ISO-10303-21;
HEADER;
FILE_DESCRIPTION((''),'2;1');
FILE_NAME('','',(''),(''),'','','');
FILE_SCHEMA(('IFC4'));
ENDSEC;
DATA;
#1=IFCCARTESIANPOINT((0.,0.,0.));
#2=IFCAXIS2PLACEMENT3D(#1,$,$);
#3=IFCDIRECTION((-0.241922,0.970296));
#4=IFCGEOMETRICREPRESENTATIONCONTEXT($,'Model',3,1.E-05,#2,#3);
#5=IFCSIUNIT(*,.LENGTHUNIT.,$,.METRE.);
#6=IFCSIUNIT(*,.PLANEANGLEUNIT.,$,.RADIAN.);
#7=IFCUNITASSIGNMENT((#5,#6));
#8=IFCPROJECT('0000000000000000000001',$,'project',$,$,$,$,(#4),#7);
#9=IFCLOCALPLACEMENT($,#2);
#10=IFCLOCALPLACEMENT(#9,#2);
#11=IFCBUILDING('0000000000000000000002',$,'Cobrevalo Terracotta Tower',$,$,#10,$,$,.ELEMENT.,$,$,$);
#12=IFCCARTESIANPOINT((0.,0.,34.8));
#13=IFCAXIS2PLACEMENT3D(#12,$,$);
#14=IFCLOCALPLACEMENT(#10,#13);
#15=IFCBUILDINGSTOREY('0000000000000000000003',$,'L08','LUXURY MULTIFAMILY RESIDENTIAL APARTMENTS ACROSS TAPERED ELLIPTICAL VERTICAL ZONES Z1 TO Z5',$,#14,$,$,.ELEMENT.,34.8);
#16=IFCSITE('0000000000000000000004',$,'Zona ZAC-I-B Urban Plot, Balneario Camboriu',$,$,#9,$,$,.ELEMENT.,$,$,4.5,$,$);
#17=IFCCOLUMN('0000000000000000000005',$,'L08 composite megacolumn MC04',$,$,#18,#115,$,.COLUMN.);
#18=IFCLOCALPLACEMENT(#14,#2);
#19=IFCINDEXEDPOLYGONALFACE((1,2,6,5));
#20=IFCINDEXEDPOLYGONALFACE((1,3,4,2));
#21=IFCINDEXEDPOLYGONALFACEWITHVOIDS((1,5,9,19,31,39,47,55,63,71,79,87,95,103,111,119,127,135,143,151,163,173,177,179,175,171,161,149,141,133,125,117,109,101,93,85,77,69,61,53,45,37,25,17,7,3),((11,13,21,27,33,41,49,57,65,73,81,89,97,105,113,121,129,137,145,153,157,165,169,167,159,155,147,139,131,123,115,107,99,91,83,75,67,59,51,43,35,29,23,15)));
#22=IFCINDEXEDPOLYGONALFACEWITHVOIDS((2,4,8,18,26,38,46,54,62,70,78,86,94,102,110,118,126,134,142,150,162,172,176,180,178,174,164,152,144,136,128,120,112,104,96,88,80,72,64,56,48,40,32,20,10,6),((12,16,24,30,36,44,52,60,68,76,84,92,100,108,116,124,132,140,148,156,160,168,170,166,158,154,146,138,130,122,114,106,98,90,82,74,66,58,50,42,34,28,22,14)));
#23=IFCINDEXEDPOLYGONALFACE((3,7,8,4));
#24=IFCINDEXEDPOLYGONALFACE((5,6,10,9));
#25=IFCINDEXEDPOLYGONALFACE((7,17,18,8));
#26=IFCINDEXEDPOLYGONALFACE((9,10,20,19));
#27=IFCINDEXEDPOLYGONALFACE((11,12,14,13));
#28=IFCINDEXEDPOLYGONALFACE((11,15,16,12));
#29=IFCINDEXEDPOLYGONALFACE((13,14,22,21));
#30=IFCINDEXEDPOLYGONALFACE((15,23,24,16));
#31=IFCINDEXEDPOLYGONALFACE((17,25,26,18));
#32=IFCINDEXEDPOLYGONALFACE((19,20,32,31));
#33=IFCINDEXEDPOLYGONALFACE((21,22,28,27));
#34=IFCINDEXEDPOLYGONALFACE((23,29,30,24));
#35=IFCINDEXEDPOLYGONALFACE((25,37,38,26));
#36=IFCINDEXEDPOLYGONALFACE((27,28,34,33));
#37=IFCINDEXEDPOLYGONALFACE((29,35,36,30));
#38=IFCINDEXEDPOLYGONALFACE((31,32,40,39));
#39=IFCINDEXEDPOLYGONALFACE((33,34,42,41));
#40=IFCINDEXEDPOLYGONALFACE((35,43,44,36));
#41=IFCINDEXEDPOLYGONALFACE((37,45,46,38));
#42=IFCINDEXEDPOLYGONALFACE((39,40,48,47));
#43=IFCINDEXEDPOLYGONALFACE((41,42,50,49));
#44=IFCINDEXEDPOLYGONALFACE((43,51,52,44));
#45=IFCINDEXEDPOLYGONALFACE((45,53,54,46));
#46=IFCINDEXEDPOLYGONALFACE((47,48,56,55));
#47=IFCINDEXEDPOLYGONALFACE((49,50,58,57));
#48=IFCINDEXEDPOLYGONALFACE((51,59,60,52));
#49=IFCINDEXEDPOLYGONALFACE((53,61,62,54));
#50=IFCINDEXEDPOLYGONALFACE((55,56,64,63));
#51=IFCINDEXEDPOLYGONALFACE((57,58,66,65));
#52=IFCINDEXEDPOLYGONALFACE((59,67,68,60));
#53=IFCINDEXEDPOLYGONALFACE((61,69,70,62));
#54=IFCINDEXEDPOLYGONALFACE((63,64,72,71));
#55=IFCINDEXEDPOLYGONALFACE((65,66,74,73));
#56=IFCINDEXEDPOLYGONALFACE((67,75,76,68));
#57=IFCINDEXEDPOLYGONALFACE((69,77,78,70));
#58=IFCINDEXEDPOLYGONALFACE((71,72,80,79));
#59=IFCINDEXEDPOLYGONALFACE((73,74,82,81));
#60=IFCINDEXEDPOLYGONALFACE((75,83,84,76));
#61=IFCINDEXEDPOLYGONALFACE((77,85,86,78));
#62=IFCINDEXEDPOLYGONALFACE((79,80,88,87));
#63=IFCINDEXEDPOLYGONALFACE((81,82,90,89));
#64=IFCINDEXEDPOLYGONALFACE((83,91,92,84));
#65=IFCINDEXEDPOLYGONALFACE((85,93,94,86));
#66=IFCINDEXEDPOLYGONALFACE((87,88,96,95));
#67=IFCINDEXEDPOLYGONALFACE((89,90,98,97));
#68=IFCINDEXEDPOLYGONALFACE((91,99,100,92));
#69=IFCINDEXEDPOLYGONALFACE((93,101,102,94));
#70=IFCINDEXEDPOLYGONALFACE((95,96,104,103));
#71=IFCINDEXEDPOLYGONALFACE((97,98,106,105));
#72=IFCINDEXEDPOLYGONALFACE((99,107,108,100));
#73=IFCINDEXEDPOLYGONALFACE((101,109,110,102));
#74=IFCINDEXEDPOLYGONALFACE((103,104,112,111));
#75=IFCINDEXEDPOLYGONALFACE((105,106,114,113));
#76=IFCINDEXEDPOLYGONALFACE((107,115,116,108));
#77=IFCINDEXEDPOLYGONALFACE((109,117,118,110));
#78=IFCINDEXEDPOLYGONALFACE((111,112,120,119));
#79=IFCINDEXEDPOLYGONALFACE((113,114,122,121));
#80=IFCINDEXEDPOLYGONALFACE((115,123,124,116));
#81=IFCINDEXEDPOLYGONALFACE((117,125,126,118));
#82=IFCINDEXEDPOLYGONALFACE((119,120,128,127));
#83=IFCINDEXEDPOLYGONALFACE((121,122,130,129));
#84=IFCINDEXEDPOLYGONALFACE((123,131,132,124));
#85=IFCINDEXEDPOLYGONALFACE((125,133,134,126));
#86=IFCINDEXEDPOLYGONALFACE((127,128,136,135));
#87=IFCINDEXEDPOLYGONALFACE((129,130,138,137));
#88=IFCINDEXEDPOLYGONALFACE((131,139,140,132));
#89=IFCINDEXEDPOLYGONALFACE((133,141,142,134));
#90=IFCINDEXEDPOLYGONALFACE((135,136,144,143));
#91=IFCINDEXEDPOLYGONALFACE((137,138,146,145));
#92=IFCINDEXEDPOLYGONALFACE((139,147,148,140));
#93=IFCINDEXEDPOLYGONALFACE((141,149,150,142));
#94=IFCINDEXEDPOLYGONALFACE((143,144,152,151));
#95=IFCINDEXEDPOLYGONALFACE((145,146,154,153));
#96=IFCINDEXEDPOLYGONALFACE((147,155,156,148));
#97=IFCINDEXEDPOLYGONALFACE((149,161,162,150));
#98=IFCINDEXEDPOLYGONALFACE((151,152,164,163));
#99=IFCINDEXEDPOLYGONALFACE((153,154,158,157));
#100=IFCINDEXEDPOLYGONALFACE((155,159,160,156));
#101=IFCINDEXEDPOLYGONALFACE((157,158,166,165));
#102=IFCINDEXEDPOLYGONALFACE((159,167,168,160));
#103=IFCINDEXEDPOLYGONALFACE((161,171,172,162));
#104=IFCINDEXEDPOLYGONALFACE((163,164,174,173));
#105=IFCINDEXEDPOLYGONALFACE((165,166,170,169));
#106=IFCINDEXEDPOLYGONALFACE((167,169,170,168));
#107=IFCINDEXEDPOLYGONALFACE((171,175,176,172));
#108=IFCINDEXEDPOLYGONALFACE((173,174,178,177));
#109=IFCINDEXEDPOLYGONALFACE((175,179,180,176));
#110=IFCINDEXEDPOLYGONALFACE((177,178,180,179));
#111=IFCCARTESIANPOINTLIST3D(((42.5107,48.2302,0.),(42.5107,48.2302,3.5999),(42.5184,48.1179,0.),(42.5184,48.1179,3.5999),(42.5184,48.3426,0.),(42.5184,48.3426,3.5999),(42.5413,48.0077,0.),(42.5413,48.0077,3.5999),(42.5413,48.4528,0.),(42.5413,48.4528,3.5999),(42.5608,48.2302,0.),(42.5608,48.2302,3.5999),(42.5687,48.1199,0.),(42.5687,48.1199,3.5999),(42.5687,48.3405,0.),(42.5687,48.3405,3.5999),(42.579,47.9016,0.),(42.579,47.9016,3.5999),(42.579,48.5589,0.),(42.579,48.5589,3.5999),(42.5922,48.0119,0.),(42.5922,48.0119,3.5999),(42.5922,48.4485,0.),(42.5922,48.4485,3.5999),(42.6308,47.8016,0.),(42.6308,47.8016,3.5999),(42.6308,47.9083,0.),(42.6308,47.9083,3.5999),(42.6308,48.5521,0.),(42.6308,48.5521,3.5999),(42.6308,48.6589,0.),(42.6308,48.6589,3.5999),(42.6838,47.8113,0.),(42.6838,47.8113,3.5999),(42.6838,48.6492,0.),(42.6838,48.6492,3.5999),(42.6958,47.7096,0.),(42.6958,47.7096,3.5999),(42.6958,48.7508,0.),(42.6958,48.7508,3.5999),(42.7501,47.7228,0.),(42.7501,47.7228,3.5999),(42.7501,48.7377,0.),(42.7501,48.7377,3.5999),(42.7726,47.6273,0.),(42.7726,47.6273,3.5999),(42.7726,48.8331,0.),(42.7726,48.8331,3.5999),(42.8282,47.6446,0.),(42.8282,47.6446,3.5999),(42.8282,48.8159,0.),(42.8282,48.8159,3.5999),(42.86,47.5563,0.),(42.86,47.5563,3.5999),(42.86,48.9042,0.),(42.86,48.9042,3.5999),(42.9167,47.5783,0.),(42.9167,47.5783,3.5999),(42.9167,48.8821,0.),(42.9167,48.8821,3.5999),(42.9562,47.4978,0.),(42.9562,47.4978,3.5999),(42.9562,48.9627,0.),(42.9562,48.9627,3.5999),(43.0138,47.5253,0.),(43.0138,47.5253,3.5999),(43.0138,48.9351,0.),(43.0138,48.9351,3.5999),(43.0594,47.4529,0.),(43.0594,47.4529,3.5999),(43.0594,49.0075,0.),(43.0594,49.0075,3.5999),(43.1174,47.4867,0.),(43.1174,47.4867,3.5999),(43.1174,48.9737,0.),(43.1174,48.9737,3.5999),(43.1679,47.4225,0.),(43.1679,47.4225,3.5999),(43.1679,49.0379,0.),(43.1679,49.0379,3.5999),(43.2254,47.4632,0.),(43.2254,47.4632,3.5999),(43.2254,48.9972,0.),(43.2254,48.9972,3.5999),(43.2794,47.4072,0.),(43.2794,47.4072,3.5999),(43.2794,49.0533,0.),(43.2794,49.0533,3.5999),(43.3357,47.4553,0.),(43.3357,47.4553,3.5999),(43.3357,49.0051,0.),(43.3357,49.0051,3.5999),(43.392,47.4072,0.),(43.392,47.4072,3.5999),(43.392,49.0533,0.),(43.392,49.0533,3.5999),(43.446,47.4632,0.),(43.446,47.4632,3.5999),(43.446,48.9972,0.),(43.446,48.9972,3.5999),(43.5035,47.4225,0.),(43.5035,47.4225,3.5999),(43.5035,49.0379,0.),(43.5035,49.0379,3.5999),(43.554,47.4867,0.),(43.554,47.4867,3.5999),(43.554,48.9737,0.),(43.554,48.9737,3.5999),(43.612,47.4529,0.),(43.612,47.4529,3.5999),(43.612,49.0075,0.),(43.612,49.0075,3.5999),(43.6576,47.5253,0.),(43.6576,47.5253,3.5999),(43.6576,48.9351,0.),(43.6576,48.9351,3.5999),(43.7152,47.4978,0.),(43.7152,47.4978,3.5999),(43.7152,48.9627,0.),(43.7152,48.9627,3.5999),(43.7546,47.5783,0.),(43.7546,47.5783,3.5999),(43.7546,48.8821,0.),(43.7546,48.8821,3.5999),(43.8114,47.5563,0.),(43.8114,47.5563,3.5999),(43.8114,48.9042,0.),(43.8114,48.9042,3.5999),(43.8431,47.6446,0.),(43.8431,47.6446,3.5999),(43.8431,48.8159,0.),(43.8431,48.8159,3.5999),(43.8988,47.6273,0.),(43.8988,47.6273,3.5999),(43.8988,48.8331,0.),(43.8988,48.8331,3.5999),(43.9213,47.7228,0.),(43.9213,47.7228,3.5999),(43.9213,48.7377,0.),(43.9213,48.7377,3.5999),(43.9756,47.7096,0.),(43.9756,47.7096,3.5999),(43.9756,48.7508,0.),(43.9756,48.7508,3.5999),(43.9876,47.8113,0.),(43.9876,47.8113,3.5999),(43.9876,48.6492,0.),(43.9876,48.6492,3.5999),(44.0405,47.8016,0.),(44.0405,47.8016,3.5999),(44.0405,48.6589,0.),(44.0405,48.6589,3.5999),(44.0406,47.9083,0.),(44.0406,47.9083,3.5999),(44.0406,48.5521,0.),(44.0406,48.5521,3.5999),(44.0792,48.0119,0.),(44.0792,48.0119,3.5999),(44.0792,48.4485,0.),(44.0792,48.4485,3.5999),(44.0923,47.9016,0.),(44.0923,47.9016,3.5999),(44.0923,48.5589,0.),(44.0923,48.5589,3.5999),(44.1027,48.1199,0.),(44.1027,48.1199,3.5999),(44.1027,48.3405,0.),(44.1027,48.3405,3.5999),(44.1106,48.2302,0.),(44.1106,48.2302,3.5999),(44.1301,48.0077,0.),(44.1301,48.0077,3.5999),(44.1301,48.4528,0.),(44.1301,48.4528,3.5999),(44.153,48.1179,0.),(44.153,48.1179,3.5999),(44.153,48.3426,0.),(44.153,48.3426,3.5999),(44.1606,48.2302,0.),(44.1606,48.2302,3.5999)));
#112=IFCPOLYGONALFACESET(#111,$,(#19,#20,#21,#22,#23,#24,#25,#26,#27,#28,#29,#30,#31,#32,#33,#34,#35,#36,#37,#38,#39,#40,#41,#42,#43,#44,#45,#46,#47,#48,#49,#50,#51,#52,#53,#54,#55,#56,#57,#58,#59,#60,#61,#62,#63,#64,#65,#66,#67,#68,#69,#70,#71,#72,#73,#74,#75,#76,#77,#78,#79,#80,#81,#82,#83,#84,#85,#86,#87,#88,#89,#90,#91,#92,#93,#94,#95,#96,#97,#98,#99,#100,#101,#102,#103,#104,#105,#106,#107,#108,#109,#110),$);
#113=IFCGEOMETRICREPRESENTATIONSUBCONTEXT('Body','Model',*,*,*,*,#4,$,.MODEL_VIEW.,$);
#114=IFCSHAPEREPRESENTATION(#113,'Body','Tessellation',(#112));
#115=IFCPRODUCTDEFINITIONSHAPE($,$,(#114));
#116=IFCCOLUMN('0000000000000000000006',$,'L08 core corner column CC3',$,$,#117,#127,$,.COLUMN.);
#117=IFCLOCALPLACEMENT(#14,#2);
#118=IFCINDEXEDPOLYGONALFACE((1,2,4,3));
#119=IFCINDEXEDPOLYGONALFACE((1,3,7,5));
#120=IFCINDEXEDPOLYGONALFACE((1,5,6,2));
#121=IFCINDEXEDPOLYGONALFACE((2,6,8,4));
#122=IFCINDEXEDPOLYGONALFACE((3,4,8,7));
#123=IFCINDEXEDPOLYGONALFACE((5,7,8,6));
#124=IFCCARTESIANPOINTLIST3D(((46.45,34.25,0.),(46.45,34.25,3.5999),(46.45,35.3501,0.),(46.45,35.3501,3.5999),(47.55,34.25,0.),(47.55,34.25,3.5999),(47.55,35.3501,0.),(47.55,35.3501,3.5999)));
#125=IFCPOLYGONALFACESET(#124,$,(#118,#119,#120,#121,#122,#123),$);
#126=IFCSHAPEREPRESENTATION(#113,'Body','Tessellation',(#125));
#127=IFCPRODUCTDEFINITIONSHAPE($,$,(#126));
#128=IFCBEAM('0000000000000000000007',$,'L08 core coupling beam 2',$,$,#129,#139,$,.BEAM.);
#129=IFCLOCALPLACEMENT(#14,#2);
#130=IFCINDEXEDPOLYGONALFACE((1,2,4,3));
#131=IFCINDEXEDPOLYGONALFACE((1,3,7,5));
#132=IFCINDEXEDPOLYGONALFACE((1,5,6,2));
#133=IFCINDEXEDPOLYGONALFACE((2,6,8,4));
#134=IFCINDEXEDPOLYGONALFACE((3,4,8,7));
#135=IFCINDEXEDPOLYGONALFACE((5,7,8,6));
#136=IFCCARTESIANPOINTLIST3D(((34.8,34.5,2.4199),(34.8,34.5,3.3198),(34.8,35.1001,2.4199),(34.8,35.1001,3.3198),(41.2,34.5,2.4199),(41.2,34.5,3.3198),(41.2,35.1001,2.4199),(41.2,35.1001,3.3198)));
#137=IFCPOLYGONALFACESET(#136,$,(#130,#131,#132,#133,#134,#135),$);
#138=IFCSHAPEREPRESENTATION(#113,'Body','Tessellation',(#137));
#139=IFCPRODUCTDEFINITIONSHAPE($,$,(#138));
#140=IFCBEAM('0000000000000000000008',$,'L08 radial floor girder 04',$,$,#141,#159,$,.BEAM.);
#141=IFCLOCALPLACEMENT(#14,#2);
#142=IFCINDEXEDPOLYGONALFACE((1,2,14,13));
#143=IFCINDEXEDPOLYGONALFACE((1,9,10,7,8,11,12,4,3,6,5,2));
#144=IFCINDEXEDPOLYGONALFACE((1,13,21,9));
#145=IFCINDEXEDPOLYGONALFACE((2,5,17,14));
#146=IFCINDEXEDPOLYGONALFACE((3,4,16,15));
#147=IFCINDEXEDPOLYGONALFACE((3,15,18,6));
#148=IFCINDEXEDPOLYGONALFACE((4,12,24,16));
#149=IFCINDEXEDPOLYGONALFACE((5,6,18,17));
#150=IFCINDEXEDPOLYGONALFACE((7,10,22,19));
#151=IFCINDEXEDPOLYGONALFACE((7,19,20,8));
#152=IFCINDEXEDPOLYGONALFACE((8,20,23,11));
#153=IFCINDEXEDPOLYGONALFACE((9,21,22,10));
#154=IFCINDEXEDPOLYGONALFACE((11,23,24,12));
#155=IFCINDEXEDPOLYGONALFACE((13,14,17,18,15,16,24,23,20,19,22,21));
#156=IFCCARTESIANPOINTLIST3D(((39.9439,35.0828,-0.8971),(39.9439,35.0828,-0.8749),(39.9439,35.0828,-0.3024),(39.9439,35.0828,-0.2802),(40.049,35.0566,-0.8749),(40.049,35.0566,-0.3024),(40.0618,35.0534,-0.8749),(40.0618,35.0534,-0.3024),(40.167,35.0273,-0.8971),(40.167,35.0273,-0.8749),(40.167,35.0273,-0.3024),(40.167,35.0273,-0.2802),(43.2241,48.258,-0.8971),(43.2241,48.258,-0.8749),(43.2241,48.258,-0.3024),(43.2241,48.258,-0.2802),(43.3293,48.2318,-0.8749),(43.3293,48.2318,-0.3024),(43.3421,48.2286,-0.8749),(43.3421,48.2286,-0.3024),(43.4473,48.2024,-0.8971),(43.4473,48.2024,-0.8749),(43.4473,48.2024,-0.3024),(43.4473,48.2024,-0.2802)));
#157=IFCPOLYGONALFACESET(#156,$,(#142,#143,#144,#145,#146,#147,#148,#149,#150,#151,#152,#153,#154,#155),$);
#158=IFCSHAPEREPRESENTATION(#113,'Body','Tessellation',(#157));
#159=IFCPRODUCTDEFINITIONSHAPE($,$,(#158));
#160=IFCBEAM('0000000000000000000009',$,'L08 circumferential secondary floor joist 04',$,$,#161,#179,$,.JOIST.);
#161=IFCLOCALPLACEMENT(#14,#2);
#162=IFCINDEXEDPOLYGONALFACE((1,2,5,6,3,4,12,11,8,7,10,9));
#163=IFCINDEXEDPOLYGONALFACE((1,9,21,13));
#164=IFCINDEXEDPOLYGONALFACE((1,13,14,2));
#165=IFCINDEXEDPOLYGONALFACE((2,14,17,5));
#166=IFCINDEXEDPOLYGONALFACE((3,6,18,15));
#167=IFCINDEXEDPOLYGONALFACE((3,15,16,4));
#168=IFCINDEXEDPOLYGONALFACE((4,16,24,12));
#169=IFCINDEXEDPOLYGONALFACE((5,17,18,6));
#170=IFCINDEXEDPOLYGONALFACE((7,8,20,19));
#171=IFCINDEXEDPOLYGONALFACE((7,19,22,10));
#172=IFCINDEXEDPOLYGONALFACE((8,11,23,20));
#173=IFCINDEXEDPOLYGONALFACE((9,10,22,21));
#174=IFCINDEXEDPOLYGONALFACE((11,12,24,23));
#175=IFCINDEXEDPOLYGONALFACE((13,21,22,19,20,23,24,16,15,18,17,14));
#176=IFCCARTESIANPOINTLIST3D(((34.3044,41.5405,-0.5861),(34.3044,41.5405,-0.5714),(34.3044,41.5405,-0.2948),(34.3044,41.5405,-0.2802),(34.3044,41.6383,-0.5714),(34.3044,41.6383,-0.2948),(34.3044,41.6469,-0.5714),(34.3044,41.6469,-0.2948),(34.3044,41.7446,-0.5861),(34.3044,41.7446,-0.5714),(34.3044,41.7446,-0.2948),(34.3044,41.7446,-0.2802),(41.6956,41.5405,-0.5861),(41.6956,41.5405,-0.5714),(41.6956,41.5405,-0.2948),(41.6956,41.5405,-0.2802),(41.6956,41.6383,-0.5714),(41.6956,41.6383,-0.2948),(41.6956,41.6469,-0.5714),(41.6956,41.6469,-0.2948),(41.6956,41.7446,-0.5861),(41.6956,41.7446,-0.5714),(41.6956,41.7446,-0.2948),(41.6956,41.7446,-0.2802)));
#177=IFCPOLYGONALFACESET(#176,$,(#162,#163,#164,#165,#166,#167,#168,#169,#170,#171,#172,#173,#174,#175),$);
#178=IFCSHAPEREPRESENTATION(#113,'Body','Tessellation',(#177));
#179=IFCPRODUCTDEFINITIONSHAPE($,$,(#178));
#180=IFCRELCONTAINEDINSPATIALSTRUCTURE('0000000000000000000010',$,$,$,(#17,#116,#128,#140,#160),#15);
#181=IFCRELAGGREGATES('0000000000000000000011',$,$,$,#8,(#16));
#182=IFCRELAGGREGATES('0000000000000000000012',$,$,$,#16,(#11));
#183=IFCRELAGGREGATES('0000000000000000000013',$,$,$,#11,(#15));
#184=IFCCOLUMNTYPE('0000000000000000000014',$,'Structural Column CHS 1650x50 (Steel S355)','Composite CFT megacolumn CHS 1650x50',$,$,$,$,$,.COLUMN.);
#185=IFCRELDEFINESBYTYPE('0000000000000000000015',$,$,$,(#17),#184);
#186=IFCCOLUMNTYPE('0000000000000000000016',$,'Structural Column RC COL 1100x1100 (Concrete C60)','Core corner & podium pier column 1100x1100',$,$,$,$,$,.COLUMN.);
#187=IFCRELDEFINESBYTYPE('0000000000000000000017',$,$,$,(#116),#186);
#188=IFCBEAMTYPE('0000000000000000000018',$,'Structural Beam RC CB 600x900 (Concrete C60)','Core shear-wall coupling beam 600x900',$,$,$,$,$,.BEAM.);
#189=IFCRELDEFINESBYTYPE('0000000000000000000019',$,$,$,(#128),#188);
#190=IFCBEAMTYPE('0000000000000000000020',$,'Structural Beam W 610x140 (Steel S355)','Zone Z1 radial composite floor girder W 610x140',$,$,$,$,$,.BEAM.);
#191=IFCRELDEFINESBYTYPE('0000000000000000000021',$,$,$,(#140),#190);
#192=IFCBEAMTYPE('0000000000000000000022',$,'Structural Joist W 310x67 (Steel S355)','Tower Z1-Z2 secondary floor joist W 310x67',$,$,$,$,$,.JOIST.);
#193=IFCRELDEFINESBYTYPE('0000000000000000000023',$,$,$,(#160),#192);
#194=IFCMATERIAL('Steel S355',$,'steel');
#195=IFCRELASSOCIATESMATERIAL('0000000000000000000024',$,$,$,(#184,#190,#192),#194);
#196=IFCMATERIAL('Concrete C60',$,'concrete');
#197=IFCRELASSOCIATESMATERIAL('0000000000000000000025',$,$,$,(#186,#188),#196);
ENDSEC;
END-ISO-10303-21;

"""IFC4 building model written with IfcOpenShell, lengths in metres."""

from ifc_helpers import new_model, si_unit, direction, frame, origin, origin_2d, place, context, subcontext, project, spatial, rectangle, hollow_circle, i_section, extrude, material, material_profile, profile_set, type_object, element, save


model = new_model("IFC4")

# Units and contexts
model_context = context("Model", 3, precision=1e-05, world=origin(), true_north=direction((-0.241922, 0.970296)))
body_context = subcontext(model_context, "Body", "Model", "MODEL_VIEW")
ifc_project = project(units=[si_unit("LENGTHUNIT", "METRE"), si_unit("PLANEANGLEUNIT", "RADIAN")], contexts=[model_context])

# Site, building, storey
site_placement = place(None, origin())
site = spatial("IfcSite", under=ifc_project, at=site_placement, Name="Zona ZAC-I-B Urban Plot, Balneario Camboriu", CompositionType="ELEMENT", RefElevation=4.5)
building_placement = place(site_placement, origin())
building = spatial("IfcBuilding", under=site, at=building_placement, Name="Cobrevalo Terracotta Tower", CompositionType="ELEMENT")
storey_placement = place(building_placement, frame((0.0, 0.0, 34.8)))
storey = spatial("IfcBuildingStorey", under=building, at=storey_placement, Name="L08", Description="LUXURY MULTIFAMILY RESIDENTIAL APARTMENTS ACROSS TAPERED ELLIPTICAL VERTICAL ZONES Z1 TO Z5", CompositionType="ELEMENT", Elevation=34.8)

# Columns
ifc_material_1 = material(Name="Steel S355", Category="steel")
ifc_material_profile_1 = material_profile(ifc_material_1, hollow_circle(Radius=0.825, WallThickness=0.05, at=origin_2d()), Name="CHS 1650x50")
ifc_profile_set_1 = profile_set([ifc_material_profile_1], Name="Steel S355")
column_type_1 = type_object("IfcColumnType", Name="Structural Column CHS 1650x50 (Steel S355)", Description="Composite CFT megacolumn CHS 1650x50", PredefinedType="COLUMN", material=ifc_profile_set_1)
column_1_placement = place(storey_placement, frame((43.3357, 48.2302, 0.0), z_axis=(0.0, 0.0, 1.0), x_axis=(1.0, 0.0, 0.0)))
element("IfcColumn", 1, at=column_1_placement, inside=storey, type_object=column_type_1, Name="L08 composite megacolumn MC04", PredefinedType="COLUMN", context=body_context, shape_type="SweptSolid", body=[
    extrude(hollow_circle(Radius=0.825, WallThickness=0.05, at=origin_2d()), origin(), (0.0, 0.0, 1.0), 3.5999),
])
ifc_material_2 = material(Name="Concrete C60", Category="concrete")
ifc_material_profile_2 = material_profile(ifc_material_2, rectangle(XDim=1.1001, YDim=1.1001, at=origin_2d()), Name="RC COL 1100x1100")
ifc_profile_set_2 = profile_set([ifc_material_profile_2], Name="Concrete C60")
column_type_2 = type_object("IfcColumnType", Name="Structural Column RC COL 1100x1100 (Concrete C60)", Description="Core corner & podium pier column 1100x1100", PredefinedType="COLUMN", material=ifc_profile_set_2)
column_2_placement = place(storey_placement, frame((47.0, 34.8, 0.0), z_axis=(0.0, 0.0, 1.0), x_axis=(1.0, 0.0, 0.0)))
element("IfcColumn", 2, at=column_2_placement, inside=storey, type_object=column_type_2, Name="L08 core corner column CC3", PredefinedType="COLUMN", context=body_context, shape_type="SweptSolid", body=[
    extrude(rectangle(XDim=1.1001, YDim=1.1001, at=origin_2d()), origin(), (0.0, 0.0, 1.0), 3.5999),
])

# Beams
ifc_material_profile_3 = material_profile(ifc_material_2, rectangle(XDim=0.6001, YDim=0.8999, at=origin_2d()), Name="RC CB 600x900")
ifc_profile_set_3 = profile_set([ifc_material_profile_3], Name="Concrete C60")
beam_type_1 = type_object("IfcBeamType", Name="Structural Beam RC CB 600x900 (Concrete C60)", Description="Core shear-wall coupling beam 600x900", PredefinedType="BEAM", material=ifc_profile_set_3)
beam_1_placement = place(storey_placement, frame((34.8, 34.8, 2.8699), z_axis=(1.0, 0.0, 0.0), x_axis=(0.0, 1.0, 0.0)))
element("IfcBeam", 3, at=beam_1_placement, inside=storey, type_object=beam_type_1, Name="L08 core coupling beam 2", PredefinedType="BEAM", context=body_context, shape_type="SweptSolid", body=[
    extrude(rectangle(XDim=0.6001, YDim=0.8999, at=origin_2d()), origin(), (0.0, 0.0, 1.0), 6.3999),
])
ifc_material_profile_4 = material_profile(ifc_material_1, i_section(OverallWidth=0.23, OverallDepth=0.6169, WebThickness=0.0132, FlangeThickness=0.0222, at=origin_2d()), Name="W 610x140")
ifc_profile_set_4 = profile_set([ifc_material_profile_4], Name="Steel S355")
beam_type_2 = type_object("IfcBeamType", Name="Structural Beam W 610x140 (Steel S355)", Description="Zone Z1 radial composite floor girder W 610x140", PredefinedType="BEAM", material=ifc_profile_set_4)
beam_2_placement = place(storey_placement, frame((43.3357, 48.2302, -0.5886), z_axis=(-0.241596, -0.970377, 0.0), x_axis=(0.970377, -0.241596, 0.0)))
element("IfcBeam", 4, at=beam_2_placement, inside=storey, type_object=beam_type_2, Name="L08 radial floor girder 04", PredefinedType="BEAM", context=body_context, shape_type="SweptSolid", body=[
    extrude(i_section(OverallWidth=0.23, OverallDepth=0.6169, WebThickness=0.0132, FlangeThickness=0.0222, at=origin_2d()), origin(), (0.0, 0.0, 1.0), 13.5774),
])
ifc_material_profile_5 = material_profile(ifc_material_1, i_section(OverallWidth=0.2041, OverallDepth=0.3059, WebThickness=0.0085, FlangeThickness=0.0146, at=origin_2d()), Name="W 310x67")
ifc_profile_set_5 = profile_set([ifc_material_profile_5], Name="Steel S355")
beam_type_3 = type_object("IfcBeamType", Name="Structural Joist W 310x67 (Steel S355)", Description="Tower Z1-Z2 secondary floor joist W 310x67", PredefinedType="JOIST", material=ifc_profile_set_5)
beam_3_placement = place(storey_placement, frame((41.6956, 41.6426, -0.4331), z_axis=(-1.0, 0.0, 0.0), x_axis=(0.0, -1.0, 0.0)))
element("IfcBeam", 5, at=beam_3_placement, inside=storey, type_object=beam_type_3, Name="L08 circumferential secondary floor joist 04", PredefinedType="JOIST", context=body_context, shape_type="SweptSolid", body=[
    extrude(i_section(OverallWidth=0.2041, OverallDepth=0.3059, WebThickness=0.0085, FlangeThickness=0.0146, at=origin_2d()), origin(), (0.0, 0.0, 1.0), 7.3911),
])

save(model, "model.ifc")
